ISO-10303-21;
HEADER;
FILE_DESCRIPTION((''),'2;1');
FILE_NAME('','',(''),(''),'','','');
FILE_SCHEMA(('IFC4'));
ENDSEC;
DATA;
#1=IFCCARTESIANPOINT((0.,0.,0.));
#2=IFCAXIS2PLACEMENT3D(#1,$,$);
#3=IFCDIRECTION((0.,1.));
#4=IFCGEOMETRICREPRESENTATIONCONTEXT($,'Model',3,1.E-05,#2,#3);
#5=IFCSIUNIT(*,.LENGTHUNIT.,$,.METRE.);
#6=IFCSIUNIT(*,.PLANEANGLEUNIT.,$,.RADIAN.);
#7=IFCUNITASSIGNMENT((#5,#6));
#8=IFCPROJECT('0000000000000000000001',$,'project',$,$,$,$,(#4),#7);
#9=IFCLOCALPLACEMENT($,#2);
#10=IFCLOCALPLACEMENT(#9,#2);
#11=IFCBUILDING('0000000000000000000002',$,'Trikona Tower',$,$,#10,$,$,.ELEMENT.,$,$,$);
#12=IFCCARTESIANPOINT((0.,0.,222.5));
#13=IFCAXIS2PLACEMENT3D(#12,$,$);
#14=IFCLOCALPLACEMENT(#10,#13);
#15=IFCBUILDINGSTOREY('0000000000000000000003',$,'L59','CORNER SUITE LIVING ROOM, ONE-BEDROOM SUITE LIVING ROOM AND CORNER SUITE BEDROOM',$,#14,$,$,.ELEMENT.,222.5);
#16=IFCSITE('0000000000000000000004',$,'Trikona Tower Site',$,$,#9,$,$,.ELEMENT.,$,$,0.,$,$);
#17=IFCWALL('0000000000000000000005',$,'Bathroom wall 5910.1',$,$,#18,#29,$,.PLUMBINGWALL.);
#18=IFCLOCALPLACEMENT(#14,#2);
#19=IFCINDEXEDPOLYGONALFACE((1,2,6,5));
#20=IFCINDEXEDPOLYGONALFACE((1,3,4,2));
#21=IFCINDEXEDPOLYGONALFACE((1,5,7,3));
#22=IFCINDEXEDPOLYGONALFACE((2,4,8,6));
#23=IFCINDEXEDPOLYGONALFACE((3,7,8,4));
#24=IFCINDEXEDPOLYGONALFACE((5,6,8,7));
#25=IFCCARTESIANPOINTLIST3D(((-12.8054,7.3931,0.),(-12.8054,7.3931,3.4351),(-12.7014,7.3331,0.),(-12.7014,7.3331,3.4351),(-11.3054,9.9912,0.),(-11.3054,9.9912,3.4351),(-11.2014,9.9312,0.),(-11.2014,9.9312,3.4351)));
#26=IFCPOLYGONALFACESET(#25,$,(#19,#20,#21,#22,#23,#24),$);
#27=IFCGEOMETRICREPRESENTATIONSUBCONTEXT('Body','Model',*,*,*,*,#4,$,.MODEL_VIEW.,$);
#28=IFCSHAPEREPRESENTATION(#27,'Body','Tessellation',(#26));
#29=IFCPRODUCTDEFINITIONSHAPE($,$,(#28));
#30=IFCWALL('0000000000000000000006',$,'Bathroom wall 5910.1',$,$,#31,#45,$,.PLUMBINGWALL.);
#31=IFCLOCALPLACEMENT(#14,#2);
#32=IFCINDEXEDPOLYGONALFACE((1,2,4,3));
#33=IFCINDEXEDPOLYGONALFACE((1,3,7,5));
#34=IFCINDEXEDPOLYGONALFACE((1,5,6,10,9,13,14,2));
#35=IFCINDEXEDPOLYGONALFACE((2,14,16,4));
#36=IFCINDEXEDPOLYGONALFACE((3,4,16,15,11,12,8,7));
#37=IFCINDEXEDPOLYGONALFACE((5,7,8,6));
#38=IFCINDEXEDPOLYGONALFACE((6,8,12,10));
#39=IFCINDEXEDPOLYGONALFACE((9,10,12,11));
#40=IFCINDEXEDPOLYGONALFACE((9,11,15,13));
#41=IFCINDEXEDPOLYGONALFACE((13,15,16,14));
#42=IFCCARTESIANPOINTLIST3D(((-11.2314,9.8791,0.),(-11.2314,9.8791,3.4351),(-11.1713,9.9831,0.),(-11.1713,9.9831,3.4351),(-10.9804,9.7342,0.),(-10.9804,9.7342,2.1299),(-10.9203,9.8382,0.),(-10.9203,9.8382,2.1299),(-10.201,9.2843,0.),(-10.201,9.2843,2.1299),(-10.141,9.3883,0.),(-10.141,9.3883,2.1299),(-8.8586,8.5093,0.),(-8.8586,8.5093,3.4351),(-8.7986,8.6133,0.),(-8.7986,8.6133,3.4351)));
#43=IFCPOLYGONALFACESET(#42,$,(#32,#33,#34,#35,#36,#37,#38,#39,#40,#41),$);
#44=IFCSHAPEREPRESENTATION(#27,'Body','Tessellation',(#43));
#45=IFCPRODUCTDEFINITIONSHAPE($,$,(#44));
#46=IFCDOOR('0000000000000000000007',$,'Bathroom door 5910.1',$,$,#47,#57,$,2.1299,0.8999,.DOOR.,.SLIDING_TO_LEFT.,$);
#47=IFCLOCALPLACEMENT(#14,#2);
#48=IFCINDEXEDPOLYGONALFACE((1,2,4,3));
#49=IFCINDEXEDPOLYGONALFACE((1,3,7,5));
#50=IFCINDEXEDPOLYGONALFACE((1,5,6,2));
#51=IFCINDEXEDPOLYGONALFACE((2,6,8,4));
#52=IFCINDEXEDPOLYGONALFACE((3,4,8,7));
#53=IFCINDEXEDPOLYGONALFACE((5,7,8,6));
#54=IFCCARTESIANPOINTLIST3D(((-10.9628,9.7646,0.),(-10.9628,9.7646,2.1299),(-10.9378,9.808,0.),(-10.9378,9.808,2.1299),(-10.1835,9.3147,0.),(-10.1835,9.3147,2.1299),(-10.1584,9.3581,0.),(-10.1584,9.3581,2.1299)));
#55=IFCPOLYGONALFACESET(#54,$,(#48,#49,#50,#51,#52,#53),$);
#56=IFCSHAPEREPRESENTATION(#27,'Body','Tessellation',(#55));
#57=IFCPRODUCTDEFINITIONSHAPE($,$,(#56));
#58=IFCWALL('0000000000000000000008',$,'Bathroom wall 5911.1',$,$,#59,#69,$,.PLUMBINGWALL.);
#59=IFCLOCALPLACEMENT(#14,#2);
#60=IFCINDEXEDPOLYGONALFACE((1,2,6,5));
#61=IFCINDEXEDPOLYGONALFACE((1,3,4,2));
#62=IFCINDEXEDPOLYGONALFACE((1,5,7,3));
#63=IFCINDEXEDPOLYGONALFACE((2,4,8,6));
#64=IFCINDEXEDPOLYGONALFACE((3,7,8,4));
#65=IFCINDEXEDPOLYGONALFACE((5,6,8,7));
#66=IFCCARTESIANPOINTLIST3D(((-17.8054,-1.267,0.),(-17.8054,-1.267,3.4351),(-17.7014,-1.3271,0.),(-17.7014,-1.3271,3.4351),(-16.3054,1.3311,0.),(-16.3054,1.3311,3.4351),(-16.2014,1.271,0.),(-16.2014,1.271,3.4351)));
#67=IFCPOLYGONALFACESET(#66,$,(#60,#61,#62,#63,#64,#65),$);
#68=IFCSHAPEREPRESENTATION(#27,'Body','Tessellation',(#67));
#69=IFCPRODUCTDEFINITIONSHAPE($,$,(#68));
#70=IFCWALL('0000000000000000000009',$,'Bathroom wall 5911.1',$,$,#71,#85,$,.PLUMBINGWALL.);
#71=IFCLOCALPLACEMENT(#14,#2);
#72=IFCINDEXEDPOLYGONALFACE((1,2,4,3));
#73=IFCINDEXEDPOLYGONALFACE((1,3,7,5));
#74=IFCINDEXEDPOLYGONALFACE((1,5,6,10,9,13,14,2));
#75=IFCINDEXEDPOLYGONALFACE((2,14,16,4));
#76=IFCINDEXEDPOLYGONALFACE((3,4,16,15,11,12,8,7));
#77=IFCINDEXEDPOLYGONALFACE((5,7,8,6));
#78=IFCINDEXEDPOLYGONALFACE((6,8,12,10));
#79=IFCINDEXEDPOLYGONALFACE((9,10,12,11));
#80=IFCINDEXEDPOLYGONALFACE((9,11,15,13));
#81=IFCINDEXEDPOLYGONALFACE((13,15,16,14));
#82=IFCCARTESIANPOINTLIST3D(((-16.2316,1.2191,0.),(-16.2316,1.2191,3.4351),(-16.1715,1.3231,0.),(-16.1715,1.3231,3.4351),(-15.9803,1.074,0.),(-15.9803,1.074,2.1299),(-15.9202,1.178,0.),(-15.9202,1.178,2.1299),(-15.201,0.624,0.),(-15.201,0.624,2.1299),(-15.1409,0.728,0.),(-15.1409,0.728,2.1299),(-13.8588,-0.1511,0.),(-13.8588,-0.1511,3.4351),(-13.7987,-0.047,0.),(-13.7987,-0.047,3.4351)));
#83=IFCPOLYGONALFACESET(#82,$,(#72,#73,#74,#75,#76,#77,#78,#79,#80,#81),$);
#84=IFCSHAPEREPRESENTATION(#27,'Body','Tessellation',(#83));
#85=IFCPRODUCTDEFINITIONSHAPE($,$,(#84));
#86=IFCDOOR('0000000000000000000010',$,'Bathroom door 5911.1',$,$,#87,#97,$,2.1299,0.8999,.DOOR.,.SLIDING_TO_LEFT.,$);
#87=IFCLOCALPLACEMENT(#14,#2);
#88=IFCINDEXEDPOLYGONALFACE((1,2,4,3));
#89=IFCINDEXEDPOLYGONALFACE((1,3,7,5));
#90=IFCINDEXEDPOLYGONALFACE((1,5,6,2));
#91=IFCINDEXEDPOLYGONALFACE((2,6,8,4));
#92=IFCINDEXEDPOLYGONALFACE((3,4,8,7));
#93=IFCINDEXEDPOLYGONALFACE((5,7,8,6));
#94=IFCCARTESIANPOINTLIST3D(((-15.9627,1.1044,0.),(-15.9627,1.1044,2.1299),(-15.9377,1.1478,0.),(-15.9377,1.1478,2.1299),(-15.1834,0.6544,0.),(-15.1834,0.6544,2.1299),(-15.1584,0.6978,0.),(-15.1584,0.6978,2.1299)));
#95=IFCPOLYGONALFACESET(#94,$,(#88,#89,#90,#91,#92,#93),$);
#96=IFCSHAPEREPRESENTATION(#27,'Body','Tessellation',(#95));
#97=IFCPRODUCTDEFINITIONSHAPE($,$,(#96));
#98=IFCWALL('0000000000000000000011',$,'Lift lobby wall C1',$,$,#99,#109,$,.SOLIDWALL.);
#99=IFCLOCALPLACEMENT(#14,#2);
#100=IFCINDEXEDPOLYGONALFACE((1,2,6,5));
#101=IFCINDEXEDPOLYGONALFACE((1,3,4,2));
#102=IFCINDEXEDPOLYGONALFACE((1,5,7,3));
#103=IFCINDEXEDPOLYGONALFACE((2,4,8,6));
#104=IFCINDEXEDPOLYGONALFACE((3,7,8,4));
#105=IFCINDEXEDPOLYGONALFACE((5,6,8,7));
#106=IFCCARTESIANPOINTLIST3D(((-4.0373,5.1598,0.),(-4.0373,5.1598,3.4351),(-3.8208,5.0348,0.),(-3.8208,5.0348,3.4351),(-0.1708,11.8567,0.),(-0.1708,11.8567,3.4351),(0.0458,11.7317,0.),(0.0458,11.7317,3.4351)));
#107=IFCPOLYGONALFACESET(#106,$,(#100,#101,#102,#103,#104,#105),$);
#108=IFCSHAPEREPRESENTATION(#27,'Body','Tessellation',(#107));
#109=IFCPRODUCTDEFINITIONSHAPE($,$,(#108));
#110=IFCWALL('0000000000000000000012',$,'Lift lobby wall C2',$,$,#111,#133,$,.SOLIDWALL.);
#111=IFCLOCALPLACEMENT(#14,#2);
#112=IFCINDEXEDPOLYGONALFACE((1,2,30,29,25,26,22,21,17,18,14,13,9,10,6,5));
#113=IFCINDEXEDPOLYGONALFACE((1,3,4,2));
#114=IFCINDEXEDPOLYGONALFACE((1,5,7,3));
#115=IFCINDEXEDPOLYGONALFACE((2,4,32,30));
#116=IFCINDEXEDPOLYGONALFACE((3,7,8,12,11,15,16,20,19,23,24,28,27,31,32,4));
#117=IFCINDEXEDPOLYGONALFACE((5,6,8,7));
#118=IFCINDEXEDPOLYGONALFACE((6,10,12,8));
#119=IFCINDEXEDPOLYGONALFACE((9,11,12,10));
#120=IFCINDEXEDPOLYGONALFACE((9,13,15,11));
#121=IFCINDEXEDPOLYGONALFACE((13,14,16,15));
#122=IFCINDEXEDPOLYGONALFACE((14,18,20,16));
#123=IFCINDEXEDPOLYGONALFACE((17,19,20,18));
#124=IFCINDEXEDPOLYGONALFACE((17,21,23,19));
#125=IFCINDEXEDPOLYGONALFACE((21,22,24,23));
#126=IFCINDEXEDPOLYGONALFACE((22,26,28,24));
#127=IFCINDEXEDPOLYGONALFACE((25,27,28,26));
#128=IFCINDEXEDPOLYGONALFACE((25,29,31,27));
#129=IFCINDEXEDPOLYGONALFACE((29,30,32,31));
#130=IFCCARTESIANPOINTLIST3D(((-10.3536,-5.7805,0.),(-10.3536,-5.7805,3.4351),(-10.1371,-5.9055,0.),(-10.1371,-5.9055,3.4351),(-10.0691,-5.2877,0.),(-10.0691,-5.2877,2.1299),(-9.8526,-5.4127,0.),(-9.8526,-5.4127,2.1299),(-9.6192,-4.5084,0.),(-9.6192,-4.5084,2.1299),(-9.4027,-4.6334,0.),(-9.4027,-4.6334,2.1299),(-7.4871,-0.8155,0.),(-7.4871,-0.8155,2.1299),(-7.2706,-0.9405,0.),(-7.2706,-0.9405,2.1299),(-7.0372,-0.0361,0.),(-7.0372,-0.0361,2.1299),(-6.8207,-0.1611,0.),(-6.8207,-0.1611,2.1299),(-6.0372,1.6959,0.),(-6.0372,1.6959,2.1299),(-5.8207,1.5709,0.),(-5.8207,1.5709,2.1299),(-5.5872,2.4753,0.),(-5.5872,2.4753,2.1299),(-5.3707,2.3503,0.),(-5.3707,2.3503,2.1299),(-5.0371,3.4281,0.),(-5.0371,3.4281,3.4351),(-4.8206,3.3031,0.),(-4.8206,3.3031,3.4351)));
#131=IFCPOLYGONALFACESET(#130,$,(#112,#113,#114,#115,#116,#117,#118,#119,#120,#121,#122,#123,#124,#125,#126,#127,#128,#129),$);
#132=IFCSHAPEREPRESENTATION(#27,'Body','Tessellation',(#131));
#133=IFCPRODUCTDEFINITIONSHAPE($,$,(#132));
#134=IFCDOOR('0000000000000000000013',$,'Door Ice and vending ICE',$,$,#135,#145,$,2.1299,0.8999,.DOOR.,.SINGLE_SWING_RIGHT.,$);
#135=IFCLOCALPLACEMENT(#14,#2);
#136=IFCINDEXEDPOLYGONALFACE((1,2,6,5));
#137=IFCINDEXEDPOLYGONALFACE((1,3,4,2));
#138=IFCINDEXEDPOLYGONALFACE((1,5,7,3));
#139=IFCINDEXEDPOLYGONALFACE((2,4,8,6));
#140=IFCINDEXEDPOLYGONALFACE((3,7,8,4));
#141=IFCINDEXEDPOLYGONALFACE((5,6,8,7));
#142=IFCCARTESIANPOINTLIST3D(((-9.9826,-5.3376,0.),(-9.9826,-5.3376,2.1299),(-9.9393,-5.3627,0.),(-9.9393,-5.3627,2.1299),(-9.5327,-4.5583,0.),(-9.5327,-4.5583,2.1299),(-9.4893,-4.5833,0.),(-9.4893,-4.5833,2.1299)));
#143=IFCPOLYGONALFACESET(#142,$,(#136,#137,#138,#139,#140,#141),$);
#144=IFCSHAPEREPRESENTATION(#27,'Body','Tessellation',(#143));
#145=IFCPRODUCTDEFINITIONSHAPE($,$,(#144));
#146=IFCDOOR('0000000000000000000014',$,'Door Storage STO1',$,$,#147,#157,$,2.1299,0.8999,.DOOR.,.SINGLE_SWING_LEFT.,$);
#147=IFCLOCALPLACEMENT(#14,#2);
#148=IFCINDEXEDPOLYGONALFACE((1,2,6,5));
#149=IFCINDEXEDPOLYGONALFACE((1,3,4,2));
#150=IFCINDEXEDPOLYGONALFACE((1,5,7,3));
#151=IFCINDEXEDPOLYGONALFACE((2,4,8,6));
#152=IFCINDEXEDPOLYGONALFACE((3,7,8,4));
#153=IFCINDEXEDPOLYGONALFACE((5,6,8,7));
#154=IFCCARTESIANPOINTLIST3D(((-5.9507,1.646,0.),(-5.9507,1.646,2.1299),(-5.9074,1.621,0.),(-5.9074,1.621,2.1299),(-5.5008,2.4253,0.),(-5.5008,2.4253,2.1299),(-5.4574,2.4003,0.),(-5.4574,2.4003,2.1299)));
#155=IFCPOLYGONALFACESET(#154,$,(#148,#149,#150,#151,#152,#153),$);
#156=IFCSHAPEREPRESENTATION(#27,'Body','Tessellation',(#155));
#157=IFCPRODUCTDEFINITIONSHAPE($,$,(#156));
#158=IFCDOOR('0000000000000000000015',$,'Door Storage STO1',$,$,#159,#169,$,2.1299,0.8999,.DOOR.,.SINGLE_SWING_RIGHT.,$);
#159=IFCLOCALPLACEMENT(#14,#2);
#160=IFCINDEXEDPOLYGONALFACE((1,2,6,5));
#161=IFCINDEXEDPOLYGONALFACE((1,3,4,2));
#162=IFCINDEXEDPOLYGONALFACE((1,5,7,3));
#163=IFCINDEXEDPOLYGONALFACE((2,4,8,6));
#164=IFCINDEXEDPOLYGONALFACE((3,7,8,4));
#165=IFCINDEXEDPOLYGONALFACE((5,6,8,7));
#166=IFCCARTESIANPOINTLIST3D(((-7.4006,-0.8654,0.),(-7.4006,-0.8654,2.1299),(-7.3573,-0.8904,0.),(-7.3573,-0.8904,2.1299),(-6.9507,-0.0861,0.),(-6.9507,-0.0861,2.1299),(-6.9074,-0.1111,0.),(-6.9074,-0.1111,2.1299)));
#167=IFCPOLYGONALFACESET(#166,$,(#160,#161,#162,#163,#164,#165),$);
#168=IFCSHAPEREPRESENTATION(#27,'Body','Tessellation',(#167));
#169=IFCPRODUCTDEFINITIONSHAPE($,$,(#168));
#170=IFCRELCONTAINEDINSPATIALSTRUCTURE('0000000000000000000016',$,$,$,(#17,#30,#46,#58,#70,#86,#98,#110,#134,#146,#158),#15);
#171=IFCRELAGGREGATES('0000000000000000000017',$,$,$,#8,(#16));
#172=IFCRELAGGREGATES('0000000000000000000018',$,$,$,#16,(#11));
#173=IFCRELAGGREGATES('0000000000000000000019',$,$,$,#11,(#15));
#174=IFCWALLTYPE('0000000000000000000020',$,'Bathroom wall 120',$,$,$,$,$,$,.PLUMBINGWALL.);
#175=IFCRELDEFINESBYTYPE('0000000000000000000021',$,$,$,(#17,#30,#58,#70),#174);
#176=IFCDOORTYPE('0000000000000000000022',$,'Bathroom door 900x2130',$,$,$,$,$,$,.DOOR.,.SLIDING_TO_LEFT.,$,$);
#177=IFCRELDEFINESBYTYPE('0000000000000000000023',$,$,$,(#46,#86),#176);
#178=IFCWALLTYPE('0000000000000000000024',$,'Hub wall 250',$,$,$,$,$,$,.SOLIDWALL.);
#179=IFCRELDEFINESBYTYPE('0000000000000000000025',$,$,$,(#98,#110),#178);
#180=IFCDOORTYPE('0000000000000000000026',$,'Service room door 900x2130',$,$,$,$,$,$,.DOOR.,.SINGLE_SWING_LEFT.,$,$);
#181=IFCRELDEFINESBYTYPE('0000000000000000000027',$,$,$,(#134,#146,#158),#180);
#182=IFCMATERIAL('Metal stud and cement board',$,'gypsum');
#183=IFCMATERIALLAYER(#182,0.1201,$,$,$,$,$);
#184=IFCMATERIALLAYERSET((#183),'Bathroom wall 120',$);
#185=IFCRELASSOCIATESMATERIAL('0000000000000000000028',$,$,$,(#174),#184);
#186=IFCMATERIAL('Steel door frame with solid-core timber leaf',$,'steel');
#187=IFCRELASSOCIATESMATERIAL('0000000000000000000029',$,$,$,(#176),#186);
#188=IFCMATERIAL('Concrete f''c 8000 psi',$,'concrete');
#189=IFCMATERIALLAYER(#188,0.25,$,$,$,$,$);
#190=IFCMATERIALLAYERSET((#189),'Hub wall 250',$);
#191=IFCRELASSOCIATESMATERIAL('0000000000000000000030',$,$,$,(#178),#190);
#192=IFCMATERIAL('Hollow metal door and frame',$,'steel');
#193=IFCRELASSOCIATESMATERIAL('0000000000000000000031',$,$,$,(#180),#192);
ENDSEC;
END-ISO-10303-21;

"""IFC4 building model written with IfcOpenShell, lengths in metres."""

from ifc_helpers import new_model, si_unit, direction, frame, frame_2d, origin, place, context, subcontext, project, spatial, rectangle, extrude, material, layer, layer_set, type_object, element, fill, save


model = new_model("IFC4")

# Units and contexts
model_context = context("Model", 3, precision=1e-05, world=origin(), true_north=direction((0.0, 1.0)))
body_context = subcontext(model_context, "Body", "Model", "MODEL_VIEW")
ifc_project = project(units=[si_unit("LENGTHUNIT", "METRE"), si_unit("PLANEANGLEUNIT", "RADIAN")], contexts=[model_context])

# Site, building, storey
site_placement = place(None, origin())
site = spatial("IfcSite", under=ifc_project, at=site_placement, Name="Trikona Tower Site", CompositionType="ELEMENT", RefElevation=0.0)
building_placement = place(site_placement, origin())
building = spatial("IfcBuilding", under=site, at=building_placement, Name="Trikona Tower", CompositionType="ELEMENT")
storey_placement = place(building_placement, frame((0.0, 0.0, 222.5)))
storey = spatial("IfcBuildingStorey", under=building, at=storey_placement, Name="L59", Description="CORNER SUITE LIVING ROOM, ONE-BEDROOM SUITE LIVING ROOM AND CORNER SUITE BEDROOM", CompositionType="ELEMENT", Elevation=222.5)

# Wall
ifc_material_1 = material(Name="Metal stud and cement board", Category="gypsum")
ifc_layer_1 = layer(ifc_material_1, 0.1201)
ifc_layer_set_1 = layer_set([ifc_layer_1], Name="Bathroom wall 120")
wall_type_1 = type_object("IfcWallType", Name="Bathroom wall 120", PredefinedType="PLUMBINGWALL", material=ifc_layer_set_1)
wall_1_placement = place(storey_placement, frame((-11.2534, 9.9612, 0.0), z_axis=(0.0, 0.0, 1.0), x_axis=(-0.49999, -0.866031, 0.0)))
element("IfcWall", 1, at=wall_1_placement, inside=storey, type_object=wall_type_1, Name="Bathroom wall 5910.1", PredefinedType="PLUMBINGWALL", context=body_context, shape_type="SweptSolid", body=[
    extrude(rectangle(XDim=3.0, YDim=0.1201, at=frame_2d((1.5, 0.0))), origin(), (0.0, 0.0, 1.0), 3.4351),
])

# Wall, opening, door
wall_2_placement = place(storey_placement, frame((-8.8286, 8.5613, 0.0), z_axis=(0.0, 0.0, 1.0), x_axis=(-0.866036, 0.499982, 0.0)))
wall_2 = element("IfcWall", 2, at=wall_2_placement, inside=storey, type_object=wall_type_1, Name="Bathroom wall 5910.1", PredefinedType="PLUMBINGWALL", context=body_context, shape_type="SweptSolid", body=[
    extrude(rectangle(XDim=2.7397, YDim=0.1201, at=frame_2d((1.3699, 0.0))), origin(), (0.0, 0.0, 1.0), 3.4351),
])
opening_1_placement = place(wall_2_placement, frame((1.55, 0.0, 0.0)))
opening_1 = element("IfcOpeningElement", 3, at=opening_1_placement, cuts=wall_2, PredefinedType="OPENING", context=body_context, shape_type="SweptSolid", body=[
    extrude(rectangle(XDim=0.8999, YDim=2.1299, at=frame_2d((0.45, 1.0649))), frame((0.0, 0.0701, 0.0), z_axis=(0.0, -1.0, 0.0), x_axis=(1.0, 0.0, 0.0)), (0.0, 0.0, 1.0), 0.1401),
])
ifc_material_2 = material(Name="Steel door frame with solid-core timber leaf", Category="steel")
door_type_1 = type_object("IfcDoorType", Name="Bathroom door 900x2130", OperationType="SLIDING_TO_LEFT", PredefinedType="DOOR", material=ifc_material_2)
door_1_placement = place(opening_1_placement, origin())
door_1 = element("IfcDoor", 4, at=door_1_placement, inside=storey, type_object=door_type_1, Name="Bathroom door 5910.1", OperationType="SLIDING_TO_LEFT", OverallHeight=2.1299, OverallWidth=0.8999, PredefinedType="DOOR", context=body_context, shape_type="SweptSolid", body=[
    extrude(rectangle(XDim=0.8999, YDim=2.1299, at=frame_2d((0.45, 1.0649))), frame((0.0, 0.0249, 0.0), z_axis=(0.0, -1.0, 0.0), x_axis=(1.0, 0.0, 0.0)), (0.0, 0.0, 1.0), 0.05),
])
fill(opening_1, door_1)

# Wall
wall_3_placement = place(storey_placement, frame((-16.2534, 1.301, 0.0), z_axis=(0.0, 0.0, 1.0), x_axis=(-0.49999, -0.866031, 0.0)))
element("IfcWall", 5, at=wall_3_placement, inside=storey, type_object=wall_type_1, Name="Bathroom wall 5911.1", PredefinedType="PLUMBINGWALL", context=body_context, shape_type="SweptSolid", body=[
    extrude(rectangle(XDim=3.0, YDim=0.1201, at=frame_2d((1.5, 0.0))), origin(), (0.0, 0.0, 1.0), 3.4351),
])

# Wall, opening, door
wall_4_placement = place(storey_placement, frame((-13.8286, -0.0991, 0.0), z_axis=(0.0, 0.0, 1.0), x_axis=(-0.865997, 0.500049, 0.0)))
wall_4 = element("IfcWall", 6, at=wall_4_placement, inside=storey, type_object=wall_type_1, Name="Bathroom wall 5911.1", PredefinedType="PLUMBINGWALL", context=body_context, shape_type="SweptSolid", body=[
    extrude(rectangle(XDim=2.74, YDim=0.1201, at=frame_2d((1.3701, 0.0))), origin(), (0.0, 0.0, 1.0), 3.4351),
])
opening_2_placement = place(wall_4_placement, frame((1.55, 0.0, 0.0)))
opening_2 = element("IfcOpeningElement", 7, at=opening_2_placement, cuts=wall_4, PredefinedType="OPENING", context=body_context, shape_type="SweptSolid", body=[
    extrude(rectangle(XDim=0.8999, YDim=2.1299, at=frame_2d((0.45, 1.0649))), frame((0.0, 0.0701, 0.0), z_axis=(0.0, -1.0, 0.0), x_axis=(1.0, 0.0, 0.0)), (0.0, 0.0, 1.0), 0.1401),
])
door_2_placement = place(opening_2_placement, origin())
door_2 = element("IfcDoor", 8, at=door_2_placement, inside=storey, type_object=door_type_1, Name="Bathroom door 5911.1", OperationType="SLIDING_TO_LEFT", OverallHeight=2.1299, OverallWidth=0.8999, PredefinedType="DOOR", context=body_context, shape_type="SweptSolid", body=[
    extrude(rectangle(XDim=0.8999, YDim=2.1299, at=frame_2d((0.45, 1.0649))), frame((0.0, 0.0249, 0.0), z_axis=(0.0, -1.0, 0.0), x_axis=(1.0, 0.0, 0.0)), (0.0, 0.0, 1.0), 0.05),
])
fill(opening_2, door_2)

# Wall
ifc_material_3 = material(Name="Concrete f'c 8000 psi", Category="concrete")
ifc_layer_2 = layer(ifc_material_3, 0.25)
ifc_layer_set_2 = layer_set([ifc_layer_2], Name="Hub wall 250")
wall_type_2 = type_object("IfcWallType", Name="Hub wall 250", PredefinedType="SOLIDWALL", material=ifc_layer_set_2)
wall_5_placement = place(storey_placement, frame((-0.0625, 11.7942, 0.0), z_axis=(0.0, 0.0, 1.0), x_axis=(-0.500007, -0.866022, 0.0)))
element("IfcWall", 9, at=wall_5_placement, inside=storey, type_object=wall_type_2, Name="Lift lobby wall C1", PredefinedType="SOLIDWALL", context=body_context, shape_type="SweptSolid", body=[
    extrude(rectangle(XDim=7.7329, YDim=0.25, at=frame_2d((3.8665, 0.0))), origin(), (0.0, 0.0, 1.0), 3.4351),
])

# Wall, openings, doors
wall_6_placement = place(storey_placement, frame((-4.929, 3.3655, 0.0), z_axis=(0.0, 0.0, 1.0), x_axis=(-0.499991, -0.86603, 0.0)))
wall_6 = element("IfcWall", 10, at=wall_6_placement, inside=storey, type_object=wall_type_2, Name="Lift lobby wall C2", PredefinedType="SOLIDWALL", context=body_context, shape_type="SweptSolid", body=[
    extrude(rectangle(XDim=10.6331, YDim=0.25, at=frame_2d((5.3164, 0.0))), origin(), (0.0, 0.0, 1.0), 3.4351),
])
opening_3_placement = place(wall_6_placement, frame((9.1641, 0.0, 0.0)))
opening_3 = element("IfcOpeningElement", 11, at=opening_3_placement, cuts=wall_6, PredefinedType="OPENING", context=body_context, shape_type="SweptSolid", body=[
    extrude(rectangle(XDim=0.8999, YDim=2.1299, at=frame_2d((0.45, 1.0649))), frame((0.0, 0.135, 0.0), z_axis=(0.0, -1.0, 0.0), x_axis=(1.0, 0.0, 0.0)), (0.0, 0.0, 1.0), 0.27),
])
opening_4_placement = place(wall_6_placement, frame((1.1001, 0.0, 0.0)))
opening_4 = element("IfcOpeningElement", 12, at=opening_4_placement, cuts=wall_6, PredefinedType="OPENING", context=body_context, shape_type="SweptSolid", body=[
    extrude(rectangle(XDim=0.8999, YDim=2.1299, at=frame_2d((0.45, 1.0649))), frame((0.0, 0.135, 0.0), z_axis=(0.0, -1.0, 0.0), x_axis=(1.0, 0.0, 0.0)), (0.0, 0.0, 1.0), 0.27),
])
opening_5_placement = place(wall_6_placement, frame((4.0, 0.0, 0.0)))
opening_5 = element("IfcOpeningElement", 13, at=opening_5_placement, cuts=wall_6, PredefinedType="OPENING", context=body_context, shape_type="SweptSolid", body=[
    extrude(rectangle(XDim=0.8999, YDim=2.1299, at=frame_2d((0.45, 1.0649))), frame((0.0, 0.135, 0.0), z_axis=(0.0, -1.0, 0.0), x_axis=(1.0, 0.0, 0.0)), (0.0, 0.0, 1.0), 0.27),
])
ifc_material_4 = material(Name="Hollow metal door and frame", Category="steel")
door_type_2 = type_object("IfcDoorType", Name="Service room door 900x2130", OperationType="SINGLE_SWING_LEFT", PredefinedType="DOOR", material=ifc_material_4)
door_3_placement = place(opening_3_placement, origin())
door_3 = element("IfcDoor", 14, at=door_3_placement, inside=storey, type_object=door_type_2, Name="Door Ice and vending ICE", OperationType="SINGLE_SWING_RIGHT", OverallHeight=2.1299, OverallWidth=0.8999, PredefinedType="DOOR", context=body_context, shape_type="SweptSolid", body=[
    extrude(rectangle(XDim=0.8999, YDim=2.1299, at=frame_2d((0.45, 1.0649))), frame((0.0, 0.0249, 0.0), z_axis=(0.0, -1.0, 0.0), x_axis=(1.0, 0.0, 0.0)), (0.0, 0.0, 1.0), 0.05),
])
fill(opening_3, door_3)
door_4_placement = place(opening_4_placement, origin())
door_4 = element("IfcDoor", 15, at=door_4_placement, inside=storey, type_object=door_type_2, Name="Door Storage STO1", OperationType="SINGLE_SWING_LEFT", OverallHeight=2.1299, OverallWidth=0.8999, PredefinedType="DOOR", context=body_context, shape_type="SweptSolid", body=[
    extrude(rectangle(XDim=0.8999, YDim=2.1299, at=frame_2d((0.45, 1.0649))), frame((0.0, 0.0249, 0.0), z_axis=(0.0, -1.0, 0.0), x_axis=(1.0, 0.0, 0.0)), (0.0, 0.0, 1.0), 0.05),
])
fill(opening_4, door_4)
door_5_placement = place(opening_5_placement, origin())
door_5 = element("IfcDoor", 16, at=door_5_placement, inside=storey, type_object=door_type_2, Name="Door Storage STO1", OperationType="SINGLE_SWING_RIGHT", OverallHeight=2.1299, OverallWidth=0.8999, PredefinedType="DOOR", context=body_context, shape_type="SweptSolid", body=[
    extrude(rectangle(XDim=0.8999, YDim=2.1299, at=frame_2d((0.45, 1.0649))), frame((0.0, 0.0249, 0.0), z_axis=(0.0, -1.0, 0.0), x_axis=(1.0, 0.0, 0.0)), (0.0, 0.0, 1.0), 0.05),
])
fill(opening_5, door_5)

save(model, "model.ifc")
